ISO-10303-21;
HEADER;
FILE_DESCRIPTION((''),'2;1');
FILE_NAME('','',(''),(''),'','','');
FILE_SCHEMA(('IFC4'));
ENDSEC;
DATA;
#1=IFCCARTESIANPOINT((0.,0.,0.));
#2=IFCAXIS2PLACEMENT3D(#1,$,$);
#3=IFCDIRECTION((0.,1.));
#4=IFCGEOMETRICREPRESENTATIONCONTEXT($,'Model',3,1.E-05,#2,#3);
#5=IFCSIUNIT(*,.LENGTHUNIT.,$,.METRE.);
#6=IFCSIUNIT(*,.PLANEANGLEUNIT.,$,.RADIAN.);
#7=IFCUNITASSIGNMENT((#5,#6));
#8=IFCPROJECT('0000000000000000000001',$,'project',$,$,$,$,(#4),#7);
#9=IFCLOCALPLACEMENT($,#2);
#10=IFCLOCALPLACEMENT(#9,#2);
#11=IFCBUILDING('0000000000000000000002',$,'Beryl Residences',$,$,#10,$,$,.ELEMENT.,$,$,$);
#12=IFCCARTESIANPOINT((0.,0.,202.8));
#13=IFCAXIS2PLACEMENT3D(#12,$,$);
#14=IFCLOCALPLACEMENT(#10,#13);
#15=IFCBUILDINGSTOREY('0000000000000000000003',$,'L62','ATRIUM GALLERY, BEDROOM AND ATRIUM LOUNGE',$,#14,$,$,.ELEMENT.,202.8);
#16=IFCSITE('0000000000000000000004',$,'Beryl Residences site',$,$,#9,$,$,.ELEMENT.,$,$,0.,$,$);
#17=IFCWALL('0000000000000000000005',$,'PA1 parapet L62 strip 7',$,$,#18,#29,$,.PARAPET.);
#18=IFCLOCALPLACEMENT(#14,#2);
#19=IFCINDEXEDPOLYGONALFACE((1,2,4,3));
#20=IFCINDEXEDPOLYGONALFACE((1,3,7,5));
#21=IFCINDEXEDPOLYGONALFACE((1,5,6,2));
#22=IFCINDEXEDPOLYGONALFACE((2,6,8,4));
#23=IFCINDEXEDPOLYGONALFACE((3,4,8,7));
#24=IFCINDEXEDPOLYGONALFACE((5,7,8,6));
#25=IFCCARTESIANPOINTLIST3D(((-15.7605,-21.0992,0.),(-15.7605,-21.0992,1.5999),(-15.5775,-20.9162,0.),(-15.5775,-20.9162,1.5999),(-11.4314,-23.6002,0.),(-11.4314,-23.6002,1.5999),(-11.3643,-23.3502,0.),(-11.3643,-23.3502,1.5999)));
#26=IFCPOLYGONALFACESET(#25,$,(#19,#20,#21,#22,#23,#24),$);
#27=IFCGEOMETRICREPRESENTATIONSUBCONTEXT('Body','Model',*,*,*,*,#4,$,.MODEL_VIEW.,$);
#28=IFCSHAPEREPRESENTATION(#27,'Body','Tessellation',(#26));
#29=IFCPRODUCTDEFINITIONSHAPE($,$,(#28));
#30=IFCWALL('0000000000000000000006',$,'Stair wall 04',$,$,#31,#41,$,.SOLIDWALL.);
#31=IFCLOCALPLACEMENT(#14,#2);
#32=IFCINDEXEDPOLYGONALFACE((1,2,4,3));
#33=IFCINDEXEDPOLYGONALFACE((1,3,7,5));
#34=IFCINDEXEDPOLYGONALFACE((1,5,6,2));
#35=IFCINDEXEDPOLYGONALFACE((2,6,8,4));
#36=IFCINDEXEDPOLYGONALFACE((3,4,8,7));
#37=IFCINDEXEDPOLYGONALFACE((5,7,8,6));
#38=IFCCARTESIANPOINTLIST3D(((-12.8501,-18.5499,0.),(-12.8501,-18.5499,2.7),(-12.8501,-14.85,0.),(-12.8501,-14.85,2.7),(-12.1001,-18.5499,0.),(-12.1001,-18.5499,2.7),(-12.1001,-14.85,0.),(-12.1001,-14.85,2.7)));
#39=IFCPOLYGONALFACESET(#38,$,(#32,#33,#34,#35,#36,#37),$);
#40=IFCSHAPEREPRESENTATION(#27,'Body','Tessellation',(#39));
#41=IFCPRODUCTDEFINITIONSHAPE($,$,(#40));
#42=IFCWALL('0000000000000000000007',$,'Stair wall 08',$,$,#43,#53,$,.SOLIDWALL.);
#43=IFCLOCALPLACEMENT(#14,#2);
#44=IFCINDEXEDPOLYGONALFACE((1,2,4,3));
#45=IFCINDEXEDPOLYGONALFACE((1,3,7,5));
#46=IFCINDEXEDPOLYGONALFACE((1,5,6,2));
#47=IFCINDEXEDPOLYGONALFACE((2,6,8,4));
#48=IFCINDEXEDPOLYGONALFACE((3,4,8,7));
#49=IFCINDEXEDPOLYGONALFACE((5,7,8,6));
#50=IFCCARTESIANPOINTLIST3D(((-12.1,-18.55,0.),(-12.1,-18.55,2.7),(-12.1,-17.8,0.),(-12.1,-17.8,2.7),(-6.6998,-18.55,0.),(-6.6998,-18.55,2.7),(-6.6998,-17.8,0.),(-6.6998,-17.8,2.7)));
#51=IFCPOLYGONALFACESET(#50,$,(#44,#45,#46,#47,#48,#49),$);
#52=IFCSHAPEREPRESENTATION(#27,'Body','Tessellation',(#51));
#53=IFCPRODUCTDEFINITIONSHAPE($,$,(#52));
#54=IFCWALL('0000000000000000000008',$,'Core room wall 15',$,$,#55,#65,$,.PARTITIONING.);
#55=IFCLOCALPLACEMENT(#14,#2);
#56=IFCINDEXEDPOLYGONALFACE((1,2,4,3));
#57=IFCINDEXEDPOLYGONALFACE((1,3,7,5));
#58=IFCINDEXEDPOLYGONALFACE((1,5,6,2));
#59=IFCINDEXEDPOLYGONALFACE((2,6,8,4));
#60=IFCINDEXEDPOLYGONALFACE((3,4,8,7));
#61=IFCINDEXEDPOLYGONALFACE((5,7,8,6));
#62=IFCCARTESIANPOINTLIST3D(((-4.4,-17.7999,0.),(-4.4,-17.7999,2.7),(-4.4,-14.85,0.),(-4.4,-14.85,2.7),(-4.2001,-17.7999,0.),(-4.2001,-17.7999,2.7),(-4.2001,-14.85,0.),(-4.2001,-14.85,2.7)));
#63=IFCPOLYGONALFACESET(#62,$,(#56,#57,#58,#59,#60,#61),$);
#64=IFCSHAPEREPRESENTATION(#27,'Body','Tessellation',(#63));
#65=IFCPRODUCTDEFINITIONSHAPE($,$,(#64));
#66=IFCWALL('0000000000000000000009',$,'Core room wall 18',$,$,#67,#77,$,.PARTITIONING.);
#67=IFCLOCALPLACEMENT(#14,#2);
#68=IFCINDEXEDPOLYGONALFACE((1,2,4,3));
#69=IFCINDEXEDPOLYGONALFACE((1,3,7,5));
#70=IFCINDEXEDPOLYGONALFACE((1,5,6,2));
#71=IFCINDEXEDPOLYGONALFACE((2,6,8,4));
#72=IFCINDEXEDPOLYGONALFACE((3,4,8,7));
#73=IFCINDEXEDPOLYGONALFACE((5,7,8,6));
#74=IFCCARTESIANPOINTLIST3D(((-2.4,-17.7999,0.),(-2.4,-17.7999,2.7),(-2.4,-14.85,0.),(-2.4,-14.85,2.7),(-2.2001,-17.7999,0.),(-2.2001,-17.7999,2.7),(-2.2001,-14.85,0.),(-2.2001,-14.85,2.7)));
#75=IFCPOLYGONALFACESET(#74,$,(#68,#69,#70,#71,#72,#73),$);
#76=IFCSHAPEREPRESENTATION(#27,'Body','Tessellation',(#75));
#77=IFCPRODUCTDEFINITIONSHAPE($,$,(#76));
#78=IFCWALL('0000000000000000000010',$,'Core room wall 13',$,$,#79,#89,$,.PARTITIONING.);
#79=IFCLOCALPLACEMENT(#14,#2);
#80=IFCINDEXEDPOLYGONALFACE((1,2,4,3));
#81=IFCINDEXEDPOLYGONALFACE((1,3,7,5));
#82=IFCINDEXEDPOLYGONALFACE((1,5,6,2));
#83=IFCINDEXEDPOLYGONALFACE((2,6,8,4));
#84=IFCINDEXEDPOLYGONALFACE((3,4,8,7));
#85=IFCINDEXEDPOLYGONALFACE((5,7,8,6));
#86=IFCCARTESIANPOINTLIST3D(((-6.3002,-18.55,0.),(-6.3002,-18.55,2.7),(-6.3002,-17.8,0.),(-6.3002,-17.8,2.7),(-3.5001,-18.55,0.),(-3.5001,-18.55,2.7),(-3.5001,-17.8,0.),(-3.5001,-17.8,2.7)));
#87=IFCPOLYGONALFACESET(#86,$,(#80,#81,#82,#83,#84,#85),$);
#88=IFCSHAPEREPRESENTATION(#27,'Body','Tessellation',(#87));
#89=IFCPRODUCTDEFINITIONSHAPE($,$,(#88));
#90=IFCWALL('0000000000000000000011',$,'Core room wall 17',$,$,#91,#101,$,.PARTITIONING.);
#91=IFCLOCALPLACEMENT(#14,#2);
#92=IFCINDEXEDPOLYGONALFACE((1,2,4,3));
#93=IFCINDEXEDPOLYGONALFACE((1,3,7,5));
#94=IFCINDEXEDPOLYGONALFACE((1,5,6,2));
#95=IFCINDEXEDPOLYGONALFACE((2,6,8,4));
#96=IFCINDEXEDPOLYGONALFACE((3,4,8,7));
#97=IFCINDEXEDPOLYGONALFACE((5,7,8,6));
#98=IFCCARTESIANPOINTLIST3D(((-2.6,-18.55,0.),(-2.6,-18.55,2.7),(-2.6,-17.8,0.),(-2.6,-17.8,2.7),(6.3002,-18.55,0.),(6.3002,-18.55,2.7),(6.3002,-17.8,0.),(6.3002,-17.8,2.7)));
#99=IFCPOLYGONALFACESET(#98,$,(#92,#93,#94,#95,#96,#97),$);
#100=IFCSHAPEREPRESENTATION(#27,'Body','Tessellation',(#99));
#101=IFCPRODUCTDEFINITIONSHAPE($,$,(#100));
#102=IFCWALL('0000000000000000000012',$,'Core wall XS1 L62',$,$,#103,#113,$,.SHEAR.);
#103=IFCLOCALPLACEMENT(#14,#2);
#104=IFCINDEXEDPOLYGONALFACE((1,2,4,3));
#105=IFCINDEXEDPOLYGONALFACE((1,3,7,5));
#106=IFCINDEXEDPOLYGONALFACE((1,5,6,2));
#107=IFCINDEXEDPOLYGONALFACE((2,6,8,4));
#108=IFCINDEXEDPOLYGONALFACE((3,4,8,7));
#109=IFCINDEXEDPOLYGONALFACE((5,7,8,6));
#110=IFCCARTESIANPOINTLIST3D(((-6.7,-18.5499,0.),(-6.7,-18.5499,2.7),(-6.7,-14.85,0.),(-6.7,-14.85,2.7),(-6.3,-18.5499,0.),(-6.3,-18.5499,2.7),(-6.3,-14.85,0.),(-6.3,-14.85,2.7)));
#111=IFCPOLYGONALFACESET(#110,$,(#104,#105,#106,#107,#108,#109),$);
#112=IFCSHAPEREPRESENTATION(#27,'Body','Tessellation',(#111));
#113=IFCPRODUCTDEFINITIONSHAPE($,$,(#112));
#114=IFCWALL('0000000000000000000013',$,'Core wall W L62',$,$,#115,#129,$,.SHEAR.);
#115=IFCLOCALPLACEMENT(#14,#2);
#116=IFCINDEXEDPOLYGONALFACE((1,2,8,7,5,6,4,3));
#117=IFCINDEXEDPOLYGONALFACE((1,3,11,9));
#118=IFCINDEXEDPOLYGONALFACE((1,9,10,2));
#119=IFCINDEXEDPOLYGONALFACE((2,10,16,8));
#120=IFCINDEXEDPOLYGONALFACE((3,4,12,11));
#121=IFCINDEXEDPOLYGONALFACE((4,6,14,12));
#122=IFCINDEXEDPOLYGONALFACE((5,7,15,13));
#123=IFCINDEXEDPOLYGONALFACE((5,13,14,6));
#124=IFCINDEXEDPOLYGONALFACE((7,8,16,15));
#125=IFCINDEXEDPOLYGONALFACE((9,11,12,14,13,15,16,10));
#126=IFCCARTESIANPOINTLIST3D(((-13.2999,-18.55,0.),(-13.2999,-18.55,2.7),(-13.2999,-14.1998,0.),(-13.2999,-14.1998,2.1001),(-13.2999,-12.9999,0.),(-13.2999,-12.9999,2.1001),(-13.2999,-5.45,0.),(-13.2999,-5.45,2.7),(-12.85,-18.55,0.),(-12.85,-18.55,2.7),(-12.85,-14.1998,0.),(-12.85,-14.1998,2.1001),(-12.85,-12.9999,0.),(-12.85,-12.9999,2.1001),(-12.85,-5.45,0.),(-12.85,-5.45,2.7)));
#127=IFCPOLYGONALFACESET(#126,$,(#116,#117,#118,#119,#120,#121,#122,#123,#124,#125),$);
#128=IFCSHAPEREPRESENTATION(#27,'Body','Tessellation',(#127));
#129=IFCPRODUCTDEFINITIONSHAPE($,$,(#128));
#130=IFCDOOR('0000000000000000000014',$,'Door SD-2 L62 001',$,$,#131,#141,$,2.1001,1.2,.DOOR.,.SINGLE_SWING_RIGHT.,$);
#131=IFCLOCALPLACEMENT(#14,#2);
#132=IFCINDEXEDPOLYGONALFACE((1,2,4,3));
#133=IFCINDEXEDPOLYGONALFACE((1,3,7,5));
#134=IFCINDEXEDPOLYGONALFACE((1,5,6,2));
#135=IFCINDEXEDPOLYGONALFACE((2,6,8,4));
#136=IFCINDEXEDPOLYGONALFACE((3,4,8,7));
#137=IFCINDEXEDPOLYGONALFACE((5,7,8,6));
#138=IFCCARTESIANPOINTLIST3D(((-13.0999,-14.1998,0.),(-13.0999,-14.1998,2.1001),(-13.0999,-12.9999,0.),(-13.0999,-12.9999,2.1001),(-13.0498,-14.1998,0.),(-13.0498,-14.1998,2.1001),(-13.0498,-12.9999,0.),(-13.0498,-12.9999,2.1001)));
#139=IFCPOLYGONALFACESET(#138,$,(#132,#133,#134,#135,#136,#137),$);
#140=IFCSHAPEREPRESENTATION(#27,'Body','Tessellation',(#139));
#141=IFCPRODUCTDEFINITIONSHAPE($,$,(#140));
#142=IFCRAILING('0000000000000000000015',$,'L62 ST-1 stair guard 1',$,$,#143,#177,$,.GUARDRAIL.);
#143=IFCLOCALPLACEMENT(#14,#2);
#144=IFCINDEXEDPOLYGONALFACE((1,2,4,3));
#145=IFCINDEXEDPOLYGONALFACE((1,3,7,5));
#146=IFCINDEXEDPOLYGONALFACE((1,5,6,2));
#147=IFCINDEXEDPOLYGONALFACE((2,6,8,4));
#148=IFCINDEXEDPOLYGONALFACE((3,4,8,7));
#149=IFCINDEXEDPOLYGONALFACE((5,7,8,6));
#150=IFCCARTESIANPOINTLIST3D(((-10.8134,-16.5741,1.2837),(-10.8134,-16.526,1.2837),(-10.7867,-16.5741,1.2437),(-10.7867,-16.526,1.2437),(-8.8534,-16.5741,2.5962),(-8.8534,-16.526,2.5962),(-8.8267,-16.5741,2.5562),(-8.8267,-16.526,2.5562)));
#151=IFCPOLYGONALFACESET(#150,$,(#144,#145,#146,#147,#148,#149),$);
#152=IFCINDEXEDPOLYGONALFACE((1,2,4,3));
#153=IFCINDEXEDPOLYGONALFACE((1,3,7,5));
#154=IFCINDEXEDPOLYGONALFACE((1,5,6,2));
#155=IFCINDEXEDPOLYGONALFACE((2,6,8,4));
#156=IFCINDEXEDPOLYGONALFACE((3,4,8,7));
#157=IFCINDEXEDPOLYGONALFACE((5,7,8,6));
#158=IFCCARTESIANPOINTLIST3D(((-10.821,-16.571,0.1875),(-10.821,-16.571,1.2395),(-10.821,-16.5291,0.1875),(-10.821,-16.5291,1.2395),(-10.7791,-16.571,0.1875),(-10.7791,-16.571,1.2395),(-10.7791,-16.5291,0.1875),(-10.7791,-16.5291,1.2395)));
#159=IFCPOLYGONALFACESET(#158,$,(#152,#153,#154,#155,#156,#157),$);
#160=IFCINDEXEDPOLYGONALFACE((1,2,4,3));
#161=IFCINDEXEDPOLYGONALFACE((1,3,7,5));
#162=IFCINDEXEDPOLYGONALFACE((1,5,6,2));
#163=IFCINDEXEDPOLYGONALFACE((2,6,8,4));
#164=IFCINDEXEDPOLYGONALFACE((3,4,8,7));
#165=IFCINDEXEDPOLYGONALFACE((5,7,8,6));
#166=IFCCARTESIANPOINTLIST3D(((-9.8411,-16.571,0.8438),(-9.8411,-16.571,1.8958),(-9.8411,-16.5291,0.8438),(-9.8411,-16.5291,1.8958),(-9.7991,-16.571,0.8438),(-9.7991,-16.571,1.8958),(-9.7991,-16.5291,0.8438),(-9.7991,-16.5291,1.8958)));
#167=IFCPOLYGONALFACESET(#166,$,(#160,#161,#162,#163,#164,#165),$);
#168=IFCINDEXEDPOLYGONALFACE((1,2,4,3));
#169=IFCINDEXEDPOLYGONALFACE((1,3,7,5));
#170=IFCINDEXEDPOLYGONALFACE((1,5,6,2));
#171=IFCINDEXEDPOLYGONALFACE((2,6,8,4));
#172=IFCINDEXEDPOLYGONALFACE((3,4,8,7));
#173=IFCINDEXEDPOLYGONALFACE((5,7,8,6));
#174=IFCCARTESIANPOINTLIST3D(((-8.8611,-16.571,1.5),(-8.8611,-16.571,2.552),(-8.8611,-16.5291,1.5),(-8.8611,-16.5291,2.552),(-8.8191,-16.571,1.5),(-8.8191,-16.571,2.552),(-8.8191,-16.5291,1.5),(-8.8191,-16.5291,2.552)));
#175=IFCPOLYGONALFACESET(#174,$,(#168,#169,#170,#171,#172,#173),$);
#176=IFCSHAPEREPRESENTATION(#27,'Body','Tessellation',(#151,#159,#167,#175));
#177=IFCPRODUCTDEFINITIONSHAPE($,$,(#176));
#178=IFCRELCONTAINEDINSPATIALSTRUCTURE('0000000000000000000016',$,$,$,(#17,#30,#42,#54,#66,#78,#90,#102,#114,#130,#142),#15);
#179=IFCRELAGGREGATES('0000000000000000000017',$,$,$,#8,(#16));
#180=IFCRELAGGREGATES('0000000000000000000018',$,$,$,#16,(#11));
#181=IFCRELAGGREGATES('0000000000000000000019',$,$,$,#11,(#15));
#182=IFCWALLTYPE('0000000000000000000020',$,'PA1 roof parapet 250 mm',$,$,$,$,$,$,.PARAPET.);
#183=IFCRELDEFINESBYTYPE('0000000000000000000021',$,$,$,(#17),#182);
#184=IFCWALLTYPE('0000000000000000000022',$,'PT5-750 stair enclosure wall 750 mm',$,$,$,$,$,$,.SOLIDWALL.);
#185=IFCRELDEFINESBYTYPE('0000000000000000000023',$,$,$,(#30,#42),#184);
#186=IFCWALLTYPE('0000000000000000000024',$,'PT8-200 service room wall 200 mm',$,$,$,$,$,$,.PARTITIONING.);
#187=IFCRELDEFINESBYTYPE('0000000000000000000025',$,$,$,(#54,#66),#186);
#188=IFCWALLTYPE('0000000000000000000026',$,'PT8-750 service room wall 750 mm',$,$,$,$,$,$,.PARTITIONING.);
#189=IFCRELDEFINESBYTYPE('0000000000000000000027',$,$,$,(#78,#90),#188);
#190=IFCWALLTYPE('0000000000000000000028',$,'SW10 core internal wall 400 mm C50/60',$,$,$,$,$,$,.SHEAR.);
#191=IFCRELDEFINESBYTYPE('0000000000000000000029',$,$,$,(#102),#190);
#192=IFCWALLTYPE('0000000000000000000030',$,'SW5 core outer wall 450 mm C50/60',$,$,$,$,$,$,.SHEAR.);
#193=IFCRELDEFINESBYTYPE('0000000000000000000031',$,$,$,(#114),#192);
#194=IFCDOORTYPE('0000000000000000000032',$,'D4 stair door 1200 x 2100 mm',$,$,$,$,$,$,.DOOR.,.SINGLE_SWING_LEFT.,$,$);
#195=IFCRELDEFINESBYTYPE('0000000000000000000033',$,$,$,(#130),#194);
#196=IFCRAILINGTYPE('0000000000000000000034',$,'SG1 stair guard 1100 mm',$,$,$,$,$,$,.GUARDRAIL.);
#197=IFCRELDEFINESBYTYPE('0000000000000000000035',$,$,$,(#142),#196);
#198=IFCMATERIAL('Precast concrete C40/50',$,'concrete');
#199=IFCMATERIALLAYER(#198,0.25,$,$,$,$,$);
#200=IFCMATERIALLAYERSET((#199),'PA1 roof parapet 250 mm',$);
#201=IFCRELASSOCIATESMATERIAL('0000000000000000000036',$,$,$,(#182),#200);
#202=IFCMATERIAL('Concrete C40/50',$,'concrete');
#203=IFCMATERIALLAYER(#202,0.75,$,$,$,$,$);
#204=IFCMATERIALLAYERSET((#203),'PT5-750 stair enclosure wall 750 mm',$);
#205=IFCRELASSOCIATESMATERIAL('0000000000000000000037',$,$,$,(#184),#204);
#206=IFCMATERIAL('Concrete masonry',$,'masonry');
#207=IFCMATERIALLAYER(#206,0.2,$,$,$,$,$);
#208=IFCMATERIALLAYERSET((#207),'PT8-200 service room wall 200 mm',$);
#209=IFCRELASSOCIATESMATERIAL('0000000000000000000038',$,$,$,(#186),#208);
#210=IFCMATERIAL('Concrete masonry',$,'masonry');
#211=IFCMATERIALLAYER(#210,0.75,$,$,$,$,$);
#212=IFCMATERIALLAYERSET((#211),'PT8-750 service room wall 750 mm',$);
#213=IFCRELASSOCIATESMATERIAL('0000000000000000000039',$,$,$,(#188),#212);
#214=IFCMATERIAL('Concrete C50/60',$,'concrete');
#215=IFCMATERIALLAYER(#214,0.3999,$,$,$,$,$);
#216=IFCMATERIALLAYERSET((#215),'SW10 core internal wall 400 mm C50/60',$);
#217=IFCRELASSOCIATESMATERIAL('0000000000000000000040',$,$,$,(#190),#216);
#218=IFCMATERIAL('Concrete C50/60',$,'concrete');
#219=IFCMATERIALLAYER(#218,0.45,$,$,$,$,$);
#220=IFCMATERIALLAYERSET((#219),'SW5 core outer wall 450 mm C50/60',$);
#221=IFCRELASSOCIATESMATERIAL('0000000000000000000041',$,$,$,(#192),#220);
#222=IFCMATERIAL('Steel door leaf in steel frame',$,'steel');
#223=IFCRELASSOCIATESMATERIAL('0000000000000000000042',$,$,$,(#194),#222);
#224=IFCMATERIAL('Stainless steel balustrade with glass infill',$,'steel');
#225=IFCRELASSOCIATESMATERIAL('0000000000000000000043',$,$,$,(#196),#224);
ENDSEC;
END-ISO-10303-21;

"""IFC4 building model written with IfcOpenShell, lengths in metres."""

from ifc_helpers import new_model, si_unit, direction, frame, frame_2d, origin, origin_2d, place, context, subcontext, project, spatial, polyline, rectangle, outline, extrude, material, layer, layer_set, type_object, element, fill, save


model = new_model("IFC4")

# Units and contexts
model_context = context("Model", 3, precision=1e-05, world=origin(), true_north=direction((0.0, 1.0)))
body_context = subcontext(model_context, "Body", "Model", "MODEL_VIEW")
ifc_project = project(units=[si_unit("LENGTHUNIT", "METRE"), si_unit("PLANEANGLEUNIT", "RADIAN")], contexts=[model_context])

# Site, building, storey
site_placement = place(None, origin())
site = spatial("IfcSite", under=ifc_project, at=site_placement, Name="Beryl Residences site", CompositionType="ELEMENT", RefElevation=0.0)
building_placement = place(site_placement, origin())
building = spatial("IfcBuilding", under=site, at=building_placement, Name="Beryl Residences", CompositionType="ELEMENT")
storey_placement = place(building_placement, frame((0.0, 0.0, 202.8)))
storey = spatial("IfcBuildingStorey", under=building, at=storey_placement, Name="L62", Description="ATRIUM GALLERY, BEDROOM AND ATRIUM LOUNGE", CompositionType="ELEMENT", Elevation=202.8)

# Walls
ifc_material_1 = material(Name="Precast concrete C40/50", Category="concrete")
ifc_layer_1 = layer(ifc_material_1, 0.25)
ifc_layer_set_1 = layer_set([ifc_layer_1], Name="PA1 roof parapet 250 mm")
wall_type_1 = type_object("IfcWallType", Name="PA1 roof parapet 250 mm", PredefinedType="PARAPET", material=ifc_layer_set_1)
wall_1_placement = place(storey_placement, frame((-11.3689, -23.4919, 0.0), z_axis=(0.0, 0.0, 1.0), x_axis=(-0.86589, 0.500235, 0.0)))
element("IfcWall", 1, at=wall_1_placement, inside=storey, type_object=wall_type_1, Name="PA1 parapet L62 strip 7", PredefinedType="PARAPET", context=body_context, shape_type="SweptSolid", body=[
    extrude(outline(polyline([(0.0669, -0.125), (4.9326, -0.125), (4.9995, 0.125), (0.0, 0.125), (0.0669, -0.125)])), origin(), (0.0, 0.0, 1.0), 1.5999),
])
ifc_material_2 = material(Name="Concrete C40/50", Category="concrete")
ifc_layer_2 = layer(ifc_material_2, 0.75)
ifc_layer_set_2 = layer_set([ifc_layer_2], Name="PT5-750 stair enclosure wall 750 mm")
wall_type_2 = type_object("IfcWallType", Name="PT5-750 stair enclosure wall 750 mm", PredefinedType="SOLIDWALL", material=ifc_layer_set_2)
wall_2_placement = place(storey_placement, frame((-12.4751, -18.55, 0.0), z_axis=(0.0, 0.0, 1.0), x_axis=(0.0, 1.0, 0.0)))
element("IfcWall", 2, at=wall_2_placement, inside=storey, type_object=wall_type_2, Name="Stair wall 04", PredefinedType="SOLIDWALL", context=body_context, shape_type="SweptSolid", body=[
    extrude(rectangle(XDim=3.7, YDim=0.75, at=frame_2d((1.8501, 0.0))), origin(), (0.0, 0.0, 1.0), 2.7),
])
wall_3_placement = place(storey_placement, frame((-12.1001, -18.175, 0.0), z_axis=(0.0, 0.0, 1.0), x_axis=(1.0, 0.0, 0.0)))
element("IfcWall", 3, at=wall_3_placement, inside=storey, type_object=wall_type_2, Name="Stair wall 08", PredefinedType="SOLIDWALL", context=body_context, shape_type="SweptSolid", body=[
    extrude(rectangle(XDim=5.4001, YDim=0.75, at=frame_2d((2.7002, 0.0))), origin(), (0.0, 0.0, 1.0), 2.7),
])
ifc_material_3 = material(Name="Concrete masonry", Category="masonry")
ifc_layer_3 = layer(ifc_material_3, 0.2)
ifc_layer_set_3 = layer_set([ifc_layer_3], Name="PT8-200 service room wall 200 mm")
wall_type_3 = type_object("IfcWallType", Name="PT8-200 service room wall 200 mm", PredefinedType="PARTITIONING", material=ifc_layer_set_3)
for number, where, z_axis, x_axis, name in (
    (4, (-4.3, -17.8, 0.0), (0.0, 0.0, 1.0), (0.0, 1.0, 0.0), "Core room wall 15"),
    (5, (-2.3, -17.8, 0.0), (0.0, 0.0, 1.0), (0.0, 1.0, 0.0), "Core room wall 18"),
):
    element("IfcWall", number, at=place(storey_placement, frame(where, z_axis=z_axis, x_axis=x_axis)), inside=storey, type_object=wall_type_3, Name=name, PredefinedType="PARTITIONING", context=body_context, shape_type="SweptSolid", body=[
        extrude(rectangle(XDim=2.95, YDim=0.2, at=frame_2d((1.4751, 0.0))), origin(), (0.0, 0.0, 1.0), 2.7),
    ])
ifc_material_4 = material(Name="Concrete masonry", Category="masonry")
ifc_layer_4 = layer(ifc_material_4, 0.75)
ifc_layer_set_4 = layer_set([ifc_layer_4], Name="PT8-750 service room wall 750 mm")
wall_type_4 = type_object("IfcWallType", Name="PT8-750 service room wall 750 mm", PredefinedType="PARTITIONING", material=ifc_layer_set_4)
wall_4_placement = place(storey_placement, frame((-6.3, -18.175, 0.0), z_axis=(0.0, 0.0, 1.0), x_axis=(1.0, 0.0, 0.0)))
element("IfcWall", 6, at=wall_4_placement, inside=storey, type_object=wall_type_4, Name="Core room wall 13", PredefinedType="PARTITIONING", context=body_context, shape_type="SweptSolid", body=[
    extrude(rectangle(XDim=2.8, YDim=0.75, at=frame_2d((1.3999, 0.0))), origin(), (0.0, 0.0, 1.0), 2.7),
])
wall_5_placement = place(storey_placement, frame((-2.6001, -18.175, 0.0), z_axis=(0.0, 0.0, 1.0), x_axis=(1.0, 0.0, 0.0)))
element("IfcWall", 7, at=wall_5_placement, inside=storey, type_object=wall_type_4, Name="Core room wall 17", PredefinedType="PARTITIONING", context=body_context, shape_type="SweptSolid", body=[
    extrude(rectangle(XDim=8.9001, YDim=0.75, at=frame_2d((4.4502, 0.0))), origin(), (0.0, 0.0, 1.0), 2.7),
])
ifc_material_5 = material(Name="Concrete C50/60", Category="concrete")
ifc_layer_5 = layer(ifc_material_5, 0.3999)
ifc_layer_set_5 = layer_set([ifc_layer_5], Name="SW10 core internal wall 400 mm C50/60")
wall_type_5 = type_object("IfcWallType", Name="SW10 core internal wall 400 mm C50/60", PredefinedType="SHEAR", material=ifc_layer_set_5)
wall_6_placement = place(storey_placement, frame((-6.5, -18.55, 0.0), z_axis=(0.0, 0.0, 1.0), x_axis=(0.0, 1.0, 0.0)))
element("IfcWall", 8, at=wall_6_placement, inside=storey, type_object=wall_type_5, Name="Core wall XS1 L62", PredefinedType="SHEAR", context=body_context, shape_type="SweptSolid", body=[
    extrude(rectangle(XDim=3.7, YDim=0.3999, at=frame_2d((1.8501, 0.0))), origin(), (0.0, 0.0, 1.0), 2.7),
])

# Wall, opening, door
ifc_material_6 = material(Name="Concrete C50/60", Category="concrete")
ifc_layer_6 = layer(ifc_material_6, 0.45)
ifc_layer_set_6 = layer_set([ifc_layer_6], Name="SW5 core outer wall 450 mm C50/60")
wall_type_6 = type_object("IfcWallType", Name="SW5 core outer wall 450 mm C50/60", PredefinedType="SHEAR", material=ifc_layer_set_6)
wall_7_placement = place(storey_placement, frame((-13.075, -18.55, 0.0), z_axis=(0.0, 0.0, 1.0), x_axis=(0.0, 1.0, 0.0)))
wall_7 = element("IfcWall", 9, at=wall_7_placement, inside=storey, type_object=wall_type_6, Name="Core wall W L62", PredefinedType="SHEAR", context=body_context, shape_type="SweptSolid", body=[
    extrude(rectangle(XDim=13.1001, YDim=0.45, at=frame_2d((6.55, 0.0))), origin(), (0.0, 0.0, 1.0), 2.7),
])
opening_1_placement = place(wall_7_placement, frame((4.3501, 0.0, 0.0)))
opening_1 = element("IfcOpeningElement", 10, at=opening_1_placement, cuts=wall_7, PredefinedType="OPENING", context=body_context, shape_type="SweptSolid", body=[
    extrude(rectangle(XDim=1.2, YDim=2.1001, at=frame_2d((0.6001, 1.05))), frame((0.0, 0.2349, 0.0), z_axis=(0.0, -1.0, 0.0), x_axis=(1.0, 0.0, 0.0)), (0.0, 0.0, 1.0), 0.47),
])
ifc_material_7 = material(Name="Steel door leaf in steel frame", Category="steel")
door_type = type_object("IfcDoorType", Name="D4 stair door 1200 x 2100 mm", OperationType="SINGLE_SWING_LEFT", PredefinedType="DOOR", material=ifc_material_7)
door_placement = place(opening_1_placement, origin())
door = element("IfcDoor", 11, at=door_placement, inside=storey, type_object=door_type, Name="Door SD-2 L62 001", OperationType="SINGLE_SWING_RIGHT", OverallHeight=2.1001, OverallWidth=1.2, PredefinedType="DOOR", context=body_context, shape_type="SweptSolid", body=[
    extrude(rectangle(XDim=1.2, YDim=2.1001, at=frame_2d((0.6001, 1.05))), frame((0.0, 0.0249, 0.0), z_axis=(0.0, -1.0, 0.0), x_axis=(1.0, 0.0, 0.0)), (0.0, 0.0, 1.0), 0.05),
])
fill(opening_1, door)

# Railing
ifc_material_8 = material(Name="Stainless steel balustrade with glass infill", Category="steel")
railing_type_1 = type_object("IfcRailingType", Name="SG1 stair guard 1100 mm", PredefinedType="GUARDRAIL", material=ifc_material_8)
railing_1_placement = place(storey_placement, frame((-10.8, -16.55, 0.1875)))
element("IfcRailing", 12, at=railing_1_placement, inside=storey, type_object=railing_type_1, Name="L62 ST-1 stair guard 1", PredefinedType="GUARDRAIL", context=body_context, shape_type="SweptSolid", body=[
    extrude(rectangle(XDim=0.0481, YDim=0.0481, at=origin_2d()), frame((0.0, 0.0, 1.0762), z_axis=(0.830902, 0.0, 0.556419), x_axis=(0.0, 1.0, 0.0)), (0.0, 0.0, 1.0), 2.3589),
    extrude(rectangle(XDim=0.042, YDim=0.042, at=origin_2d()), origin(), (0.0, 0.0, 1.0), 1.052),
    extrude(rectangle(XDim=0.042, YDim=0.042, at=origin_2d()), frame((0.98, 0.0, 0.6562)), (0.0, 0.0, 1.0), 1.052),
    extrude(rectangle(XDim=0.042, YDim=0.042, at=origin_2d()), frame((1.96, 0.0, 1.3125)), (0.0, 0.0, 1.0), 1.052),
])

save(model, "model.ifc")
